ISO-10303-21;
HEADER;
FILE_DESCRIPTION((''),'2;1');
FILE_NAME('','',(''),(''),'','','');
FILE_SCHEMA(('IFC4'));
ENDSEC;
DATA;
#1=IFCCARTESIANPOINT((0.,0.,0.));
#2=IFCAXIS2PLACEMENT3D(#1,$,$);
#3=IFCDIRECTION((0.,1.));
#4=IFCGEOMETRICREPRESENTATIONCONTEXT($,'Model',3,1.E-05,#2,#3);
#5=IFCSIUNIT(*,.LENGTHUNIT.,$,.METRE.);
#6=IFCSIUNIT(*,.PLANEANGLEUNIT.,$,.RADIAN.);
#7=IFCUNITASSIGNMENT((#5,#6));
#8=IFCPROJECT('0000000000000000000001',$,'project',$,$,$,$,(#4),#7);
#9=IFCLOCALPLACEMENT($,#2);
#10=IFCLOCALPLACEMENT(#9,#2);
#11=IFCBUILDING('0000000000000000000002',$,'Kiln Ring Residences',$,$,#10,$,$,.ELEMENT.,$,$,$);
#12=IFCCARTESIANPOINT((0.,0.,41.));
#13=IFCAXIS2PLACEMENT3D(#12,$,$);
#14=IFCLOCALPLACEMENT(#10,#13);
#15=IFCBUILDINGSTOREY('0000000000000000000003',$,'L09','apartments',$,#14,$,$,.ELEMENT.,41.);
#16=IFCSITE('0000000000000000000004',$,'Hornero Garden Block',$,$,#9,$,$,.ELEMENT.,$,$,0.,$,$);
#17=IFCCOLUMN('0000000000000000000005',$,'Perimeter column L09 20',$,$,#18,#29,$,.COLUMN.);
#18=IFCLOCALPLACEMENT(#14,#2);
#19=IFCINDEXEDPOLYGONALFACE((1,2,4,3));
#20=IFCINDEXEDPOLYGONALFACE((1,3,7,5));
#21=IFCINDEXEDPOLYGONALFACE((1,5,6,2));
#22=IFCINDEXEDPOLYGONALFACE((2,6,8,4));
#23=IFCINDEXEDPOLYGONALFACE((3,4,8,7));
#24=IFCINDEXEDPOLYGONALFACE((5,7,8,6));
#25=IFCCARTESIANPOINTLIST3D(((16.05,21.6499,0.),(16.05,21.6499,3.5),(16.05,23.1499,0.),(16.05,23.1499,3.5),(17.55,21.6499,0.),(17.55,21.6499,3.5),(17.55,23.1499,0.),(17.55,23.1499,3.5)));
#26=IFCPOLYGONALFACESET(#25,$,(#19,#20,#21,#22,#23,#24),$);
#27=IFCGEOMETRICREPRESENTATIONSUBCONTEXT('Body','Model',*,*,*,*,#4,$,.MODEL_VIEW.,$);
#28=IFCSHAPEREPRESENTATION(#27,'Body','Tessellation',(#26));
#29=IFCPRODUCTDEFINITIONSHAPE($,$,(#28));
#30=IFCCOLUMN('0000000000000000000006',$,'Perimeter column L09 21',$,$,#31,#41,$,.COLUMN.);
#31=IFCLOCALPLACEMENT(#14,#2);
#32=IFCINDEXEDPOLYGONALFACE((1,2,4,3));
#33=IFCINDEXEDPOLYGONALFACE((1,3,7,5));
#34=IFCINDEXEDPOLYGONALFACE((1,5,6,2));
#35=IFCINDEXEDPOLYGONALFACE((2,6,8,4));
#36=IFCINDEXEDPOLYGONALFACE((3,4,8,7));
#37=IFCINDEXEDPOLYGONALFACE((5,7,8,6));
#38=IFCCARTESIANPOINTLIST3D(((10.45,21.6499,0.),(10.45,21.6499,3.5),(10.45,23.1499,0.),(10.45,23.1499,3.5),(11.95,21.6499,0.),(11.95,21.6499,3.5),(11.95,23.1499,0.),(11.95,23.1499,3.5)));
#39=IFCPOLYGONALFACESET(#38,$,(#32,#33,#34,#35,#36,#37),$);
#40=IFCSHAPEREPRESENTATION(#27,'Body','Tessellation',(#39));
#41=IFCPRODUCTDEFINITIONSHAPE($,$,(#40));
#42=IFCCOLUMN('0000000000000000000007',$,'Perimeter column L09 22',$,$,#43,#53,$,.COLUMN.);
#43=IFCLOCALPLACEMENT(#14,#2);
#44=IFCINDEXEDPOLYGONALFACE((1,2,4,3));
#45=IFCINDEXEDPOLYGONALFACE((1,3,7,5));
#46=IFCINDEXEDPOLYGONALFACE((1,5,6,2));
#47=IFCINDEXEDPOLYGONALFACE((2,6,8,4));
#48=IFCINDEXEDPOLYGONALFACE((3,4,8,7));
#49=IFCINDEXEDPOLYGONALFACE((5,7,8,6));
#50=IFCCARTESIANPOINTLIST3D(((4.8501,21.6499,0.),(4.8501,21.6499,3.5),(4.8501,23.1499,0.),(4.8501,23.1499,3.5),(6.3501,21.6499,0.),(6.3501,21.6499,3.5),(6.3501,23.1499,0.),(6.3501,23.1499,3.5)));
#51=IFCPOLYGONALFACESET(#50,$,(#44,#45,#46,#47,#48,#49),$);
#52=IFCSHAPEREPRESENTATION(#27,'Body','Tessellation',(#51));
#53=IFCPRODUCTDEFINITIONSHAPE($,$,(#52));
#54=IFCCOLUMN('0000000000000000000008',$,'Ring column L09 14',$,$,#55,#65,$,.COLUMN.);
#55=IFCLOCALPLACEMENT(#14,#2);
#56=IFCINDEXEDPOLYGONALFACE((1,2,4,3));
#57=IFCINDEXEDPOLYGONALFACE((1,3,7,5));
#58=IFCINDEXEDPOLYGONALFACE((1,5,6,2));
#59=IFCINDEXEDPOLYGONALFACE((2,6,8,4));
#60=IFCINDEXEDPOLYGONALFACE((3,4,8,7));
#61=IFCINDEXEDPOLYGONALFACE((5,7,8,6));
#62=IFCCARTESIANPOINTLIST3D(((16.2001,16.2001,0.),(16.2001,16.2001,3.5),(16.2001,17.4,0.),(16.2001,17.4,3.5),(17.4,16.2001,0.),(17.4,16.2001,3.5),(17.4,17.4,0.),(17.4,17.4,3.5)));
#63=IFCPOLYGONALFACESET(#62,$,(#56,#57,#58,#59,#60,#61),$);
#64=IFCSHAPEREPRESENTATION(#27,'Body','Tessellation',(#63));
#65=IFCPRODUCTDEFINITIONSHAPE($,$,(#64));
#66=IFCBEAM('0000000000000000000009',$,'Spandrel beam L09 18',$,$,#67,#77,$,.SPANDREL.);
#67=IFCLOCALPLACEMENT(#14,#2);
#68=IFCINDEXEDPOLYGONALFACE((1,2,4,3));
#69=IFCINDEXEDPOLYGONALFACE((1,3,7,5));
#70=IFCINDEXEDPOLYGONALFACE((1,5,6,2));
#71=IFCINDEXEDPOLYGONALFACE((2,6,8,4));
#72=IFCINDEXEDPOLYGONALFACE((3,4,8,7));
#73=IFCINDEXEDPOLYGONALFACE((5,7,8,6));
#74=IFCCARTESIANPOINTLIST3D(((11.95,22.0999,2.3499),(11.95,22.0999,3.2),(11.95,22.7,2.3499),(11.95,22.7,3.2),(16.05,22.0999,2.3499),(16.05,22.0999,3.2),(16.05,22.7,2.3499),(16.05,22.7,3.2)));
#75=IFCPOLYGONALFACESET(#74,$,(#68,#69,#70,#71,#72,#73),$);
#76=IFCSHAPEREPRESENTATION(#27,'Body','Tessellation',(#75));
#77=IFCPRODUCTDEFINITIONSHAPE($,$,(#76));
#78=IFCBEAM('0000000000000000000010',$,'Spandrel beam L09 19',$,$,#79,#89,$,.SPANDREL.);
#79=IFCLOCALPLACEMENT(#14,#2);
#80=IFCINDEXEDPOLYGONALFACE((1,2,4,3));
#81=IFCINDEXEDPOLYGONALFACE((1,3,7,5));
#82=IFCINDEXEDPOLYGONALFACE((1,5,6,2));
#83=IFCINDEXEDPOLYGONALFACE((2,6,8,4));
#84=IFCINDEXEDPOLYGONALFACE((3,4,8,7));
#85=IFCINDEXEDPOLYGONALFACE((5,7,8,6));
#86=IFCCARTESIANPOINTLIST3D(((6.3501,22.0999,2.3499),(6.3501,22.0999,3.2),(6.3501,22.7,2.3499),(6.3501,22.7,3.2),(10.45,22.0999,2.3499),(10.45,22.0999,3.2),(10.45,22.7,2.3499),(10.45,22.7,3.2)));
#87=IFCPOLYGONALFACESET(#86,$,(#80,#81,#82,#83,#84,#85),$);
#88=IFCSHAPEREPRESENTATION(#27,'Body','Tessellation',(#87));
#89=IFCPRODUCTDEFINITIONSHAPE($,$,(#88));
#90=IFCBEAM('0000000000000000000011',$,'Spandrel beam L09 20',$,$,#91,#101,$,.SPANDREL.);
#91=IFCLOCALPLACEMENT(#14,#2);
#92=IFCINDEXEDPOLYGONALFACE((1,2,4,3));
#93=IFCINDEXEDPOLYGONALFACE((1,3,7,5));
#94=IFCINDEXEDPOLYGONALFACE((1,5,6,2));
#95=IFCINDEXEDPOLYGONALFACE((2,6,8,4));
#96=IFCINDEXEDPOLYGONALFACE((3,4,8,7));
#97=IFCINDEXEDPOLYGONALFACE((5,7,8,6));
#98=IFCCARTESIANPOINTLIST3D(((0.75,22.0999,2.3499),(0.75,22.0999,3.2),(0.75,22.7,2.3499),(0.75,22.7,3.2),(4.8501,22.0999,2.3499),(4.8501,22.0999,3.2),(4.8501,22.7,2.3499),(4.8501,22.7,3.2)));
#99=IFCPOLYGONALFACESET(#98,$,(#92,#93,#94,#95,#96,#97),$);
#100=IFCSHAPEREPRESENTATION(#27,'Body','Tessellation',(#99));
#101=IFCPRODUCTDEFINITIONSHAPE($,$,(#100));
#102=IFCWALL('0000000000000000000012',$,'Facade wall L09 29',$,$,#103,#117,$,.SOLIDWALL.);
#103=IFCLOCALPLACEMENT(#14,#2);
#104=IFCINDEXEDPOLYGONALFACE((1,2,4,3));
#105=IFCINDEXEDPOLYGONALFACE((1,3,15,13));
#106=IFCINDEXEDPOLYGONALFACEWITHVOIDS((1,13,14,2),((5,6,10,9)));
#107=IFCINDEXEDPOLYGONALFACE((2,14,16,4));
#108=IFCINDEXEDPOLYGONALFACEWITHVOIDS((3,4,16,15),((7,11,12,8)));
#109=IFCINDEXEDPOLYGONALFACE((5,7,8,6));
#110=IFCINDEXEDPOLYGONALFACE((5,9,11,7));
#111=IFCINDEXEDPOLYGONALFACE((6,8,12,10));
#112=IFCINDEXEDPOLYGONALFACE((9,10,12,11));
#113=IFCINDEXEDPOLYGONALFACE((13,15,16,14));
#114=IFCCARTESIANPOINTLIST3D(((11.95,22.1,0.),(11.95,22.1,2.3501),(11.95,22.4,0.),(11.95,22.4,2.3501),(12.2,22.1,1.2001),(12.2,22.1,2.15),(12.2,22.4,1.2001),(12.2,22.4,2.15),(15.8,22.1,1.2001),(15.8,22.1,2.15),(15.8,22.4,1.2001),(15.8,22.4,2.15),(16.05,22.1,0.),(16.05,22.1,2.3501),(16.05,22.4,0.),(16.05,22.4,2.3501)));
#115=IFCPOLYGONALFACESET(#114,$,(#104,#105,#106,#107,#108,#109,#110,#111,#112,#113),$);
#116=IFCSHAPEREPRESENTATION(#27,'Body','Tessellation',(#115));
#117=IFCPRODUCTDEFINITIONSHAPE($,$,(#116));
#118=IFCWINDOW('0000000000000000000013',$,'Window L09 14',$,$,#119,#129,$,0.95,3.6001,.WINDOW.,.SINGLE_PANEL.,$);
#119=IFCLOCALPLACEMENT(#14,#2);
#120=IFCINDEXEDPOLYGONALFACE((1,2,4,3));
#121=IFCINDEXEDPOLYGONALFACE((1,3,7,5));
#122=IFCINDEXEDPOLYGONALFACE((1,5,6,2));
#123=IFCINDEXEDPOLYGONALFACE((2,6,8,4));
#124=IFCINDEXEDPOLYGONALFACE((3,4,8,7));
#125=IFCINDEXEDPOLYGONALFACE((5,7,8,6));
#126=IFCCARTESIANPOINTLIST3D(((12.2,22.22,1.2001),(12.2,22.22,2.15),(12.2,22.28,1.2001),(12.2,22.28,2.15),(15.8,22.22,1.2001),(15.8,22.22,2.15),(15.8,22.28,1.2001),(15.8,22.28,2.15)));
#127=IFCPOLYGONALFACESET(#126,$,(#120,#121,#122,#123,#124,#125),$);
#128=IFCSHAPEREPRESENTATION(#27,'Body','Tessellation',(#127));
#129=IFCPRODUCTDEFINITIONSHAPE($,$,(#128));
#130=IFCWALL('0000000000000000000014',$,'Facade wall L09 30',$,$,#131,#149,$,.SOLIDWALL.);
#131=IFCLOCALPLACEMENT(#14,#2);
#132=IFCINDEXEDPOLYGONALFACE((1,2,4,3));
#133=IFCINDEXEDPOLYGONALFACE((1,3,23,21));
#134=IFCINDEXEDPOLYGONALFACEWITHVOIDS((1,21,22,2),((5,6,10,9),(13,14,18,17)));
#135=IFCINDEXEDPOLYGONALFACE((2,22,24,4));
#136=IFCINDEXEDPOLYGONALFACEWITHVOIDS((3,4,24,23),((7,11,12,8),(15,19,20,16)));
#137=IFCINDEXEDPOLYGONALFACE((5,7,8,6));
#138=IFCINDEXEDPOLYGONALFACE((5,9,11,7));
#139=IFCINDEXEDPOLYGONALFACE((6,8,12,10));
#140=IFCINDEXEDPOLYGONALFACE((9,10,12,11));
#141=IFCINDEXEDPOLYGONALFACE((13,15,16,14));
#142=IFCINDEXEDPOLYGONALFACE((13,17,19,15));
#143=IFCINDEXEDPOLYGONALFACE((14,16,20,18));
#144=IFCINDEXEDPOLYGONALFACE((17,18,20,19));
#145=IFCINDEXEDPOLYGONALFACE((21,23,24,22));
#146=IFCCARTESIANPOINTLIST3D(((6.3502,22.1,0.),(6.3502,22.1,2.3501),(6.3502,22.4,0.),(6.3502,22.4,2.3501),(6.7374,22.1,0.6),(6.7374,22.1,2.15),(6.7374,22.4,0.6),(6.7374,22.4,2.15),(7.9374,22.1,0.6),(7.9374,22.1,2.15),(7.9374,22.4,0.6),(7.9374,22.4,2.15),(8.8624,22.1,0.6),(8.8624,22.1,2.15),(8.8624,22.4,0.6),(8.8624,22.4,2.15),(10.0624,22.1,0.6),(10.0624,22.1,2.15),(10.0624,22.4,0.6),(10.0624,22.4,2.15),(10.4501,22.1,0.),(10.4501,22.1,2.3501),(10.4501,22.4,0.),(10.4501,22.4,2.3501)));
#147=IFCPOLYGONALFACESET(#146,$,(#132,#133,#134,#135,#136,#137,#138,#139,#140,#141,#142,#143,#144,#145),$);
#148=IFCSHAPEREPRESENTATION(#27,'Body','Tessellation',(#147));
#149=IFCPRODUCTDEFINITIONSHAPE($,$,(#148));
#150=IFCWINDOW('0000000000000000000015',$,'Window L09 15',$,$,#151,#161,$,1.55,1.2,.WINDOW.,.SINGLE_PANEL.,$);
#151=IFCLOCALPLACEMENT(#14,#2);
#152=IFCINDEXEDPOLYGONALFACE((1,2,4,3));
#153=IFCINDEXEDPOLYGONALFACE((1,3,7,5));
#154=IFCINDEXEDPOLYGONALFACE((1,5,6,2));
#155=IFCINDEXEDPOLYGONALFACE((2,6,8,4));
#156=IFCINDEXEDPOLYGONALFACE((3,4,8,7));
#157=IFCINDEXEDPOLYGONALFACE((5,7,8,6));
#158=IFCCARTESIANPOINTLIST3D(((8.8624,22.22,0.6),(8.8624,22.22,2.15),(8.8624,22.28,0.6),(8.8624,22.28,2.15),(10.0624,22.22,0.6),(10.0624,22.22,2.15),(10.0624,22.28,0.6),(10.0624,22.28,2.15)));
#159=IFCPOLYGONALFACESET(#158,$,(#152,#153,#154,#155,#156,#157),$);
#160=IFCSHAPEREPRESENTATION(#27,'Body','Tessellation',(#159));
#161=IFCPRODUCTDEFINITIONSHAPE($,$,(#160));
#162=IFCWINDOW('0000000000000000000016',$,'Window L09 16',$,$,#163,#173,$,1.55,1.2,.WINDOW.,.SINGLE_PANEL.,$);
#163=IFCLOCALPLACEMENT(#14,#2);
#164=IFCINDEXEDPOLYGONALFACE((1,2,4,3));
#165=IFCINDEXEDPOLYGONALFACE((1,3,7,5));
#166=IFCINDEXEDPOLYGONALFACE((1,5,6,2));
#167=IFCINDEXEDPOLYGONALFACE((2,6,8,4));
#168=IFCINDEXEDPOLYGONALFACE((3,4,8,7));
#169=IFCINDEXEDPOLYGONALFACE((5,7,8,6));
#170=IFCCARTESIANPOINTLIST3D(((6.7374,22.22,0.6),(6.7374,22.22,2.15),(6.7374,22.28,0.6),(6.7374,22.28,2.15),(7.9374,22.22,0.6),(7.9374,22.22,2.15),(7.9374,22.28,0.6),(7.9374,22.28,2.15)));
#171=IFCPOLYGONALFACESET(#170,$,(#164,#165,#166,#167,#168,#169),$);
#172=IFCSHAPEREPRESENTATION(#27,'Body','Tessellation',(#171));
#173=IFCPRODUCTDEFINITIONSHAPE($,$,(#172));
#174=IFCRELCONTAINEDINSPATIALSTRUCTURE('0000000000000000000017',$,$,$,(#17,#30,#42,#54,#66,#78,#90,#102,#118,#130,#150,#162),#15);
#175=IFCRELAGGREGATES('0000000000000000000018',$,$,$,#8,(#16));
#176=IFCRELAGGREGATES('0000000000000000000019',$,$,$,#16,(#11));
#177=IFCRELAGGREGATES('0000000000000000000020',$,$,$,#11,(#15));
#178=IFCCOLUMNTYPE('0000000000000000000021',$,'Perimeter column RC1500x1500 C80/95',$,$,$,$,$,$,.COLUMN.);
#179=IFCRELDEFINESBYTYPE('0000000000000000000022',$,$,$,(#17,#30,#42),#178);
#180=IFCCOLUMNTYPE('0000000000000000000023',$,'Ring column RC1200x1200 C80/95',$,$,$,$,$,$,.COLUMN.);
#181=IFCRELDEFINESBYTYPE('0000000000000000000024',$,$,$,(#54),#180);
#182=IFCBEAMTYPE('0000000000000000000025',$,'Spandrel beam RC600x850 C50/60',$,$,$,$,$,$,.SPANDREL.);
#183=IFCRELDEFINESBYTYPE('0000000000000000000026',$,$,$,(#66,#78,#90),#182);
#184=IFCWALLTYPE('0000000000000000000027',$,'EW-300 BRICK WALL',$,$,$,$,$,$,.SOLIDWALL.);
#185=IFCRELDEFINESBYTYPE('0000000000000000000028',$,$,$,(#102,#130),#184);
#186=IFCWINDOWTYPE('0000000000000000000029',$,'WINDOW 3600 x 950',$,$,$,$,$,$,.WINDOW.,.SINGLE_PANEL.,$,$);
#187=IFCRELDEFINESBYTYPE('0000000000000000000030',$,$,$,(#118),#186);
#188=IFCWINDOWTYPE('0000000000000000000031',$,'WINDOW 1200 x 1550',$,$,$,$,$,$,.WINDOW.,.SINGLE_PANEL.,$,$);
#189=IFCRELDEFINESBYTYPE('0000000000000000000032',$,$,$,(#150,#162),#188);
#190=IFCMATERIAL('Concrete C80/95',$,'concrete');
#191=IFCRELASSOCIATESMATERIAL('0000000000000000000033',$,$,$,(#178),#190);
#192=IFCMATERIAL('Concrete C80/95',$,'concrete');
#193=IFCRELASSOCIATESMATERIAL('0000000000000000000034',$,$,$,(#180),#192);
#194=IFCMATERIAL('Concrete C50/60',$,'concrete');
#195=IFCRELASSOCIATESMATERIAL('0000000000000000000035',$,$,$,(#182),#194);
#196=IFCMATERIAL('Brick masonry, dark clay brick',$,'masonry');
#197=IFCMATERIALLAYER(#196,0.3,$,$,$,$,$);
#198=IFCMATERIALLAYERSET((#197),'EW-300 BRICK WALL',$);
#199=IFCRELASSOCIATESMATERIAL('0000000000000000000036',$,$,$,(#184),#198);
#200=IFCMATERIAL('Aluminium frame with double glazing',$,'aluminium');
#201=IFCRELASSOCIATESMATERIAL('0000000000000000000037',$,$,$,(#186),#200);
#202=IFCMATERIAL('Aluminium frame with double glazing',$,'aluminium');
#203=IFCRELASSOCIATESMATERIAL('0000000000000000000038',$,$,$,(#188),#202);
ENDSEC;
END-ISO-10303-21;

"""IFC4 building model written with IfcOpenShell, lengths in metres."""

from ifc_helpers import new_model, si_unit, direction, frame, frame_2d, origin, origin_2d, place, context, subcontext, project, spatial, rectangle, extrude, material, layer, layer_set, material_profile, profile_set, type_object, element, fill, save


model = new_model("IFC4")

# Units and contexts
model_context = context("Model", 3, precision=1e-05, world=origin(), true_north=direction((0.0, 1.0)))
body_context = subcontext(model_context, "Body", "Model", "MODEL_VIEW")
ifc_project = project(units=[si_unit("LENGTHUNIT", "METRE"), si_unit("PLANEANGLEUNIT", "RADIAN")], contexts=[model_context])

# Site, building, storey
site_placement = place(None, origin())
site = spatial("IfcSite", under=ifc_project, at=site_placement, Name="Hornero Garden Block", CompositionType="ELEMENT", RefElevation=0.0)
building_placement = place(site_placement, origin())
building = spatial("IfcBuilding", under=site, at=building_placement, Name="Kiln Ring Residences", CompositionType="ELEMENT")
storey_placement = place(building_placement, frame((0.0, 0.0, 41.0)))
storey = spatial("IfcBuildingStorey", under=building, at=storey_placement, Name="L09", Description="apartments", CompositionType="ELEMENT", Elevation=41.0)

# Columns
ifc_material_1 = material(Name="Concrete C80/95", Category="concrete")
ifc_material_profile_1 = material_profile(ifc_material_1, rectangle(XDim=1.5, YDim=1.5, at=origin_2d()), Name="RC1500x1500")
ifc_profile_set_1 = profile_set([ifc_material_profile_1], Name="Concrete C80/95")
column_type_1 = type_object("IfcColumnType", Name="Perimeter column RC1500x1500 C80/95", PredefinedType="COLUMN", material=ifc_profile_set_1)
for number, where, z_axis, x_axis, name in (
    (1, (16.8, 22.3999, 0.0), (0.0, 0.0, 1.0), (1.0, 0.0, 0.0), "Perimeter column L09 20"),
    (2, (11.2, 22.3999, 0.0), (0.0, 0.0, 1.0), (1.0, 0.0, 0.0), "Perimeter column L09 21"),
    (3, (5.6001, 22.3999, 0.0), (0.0, 0.0, 1.0), (1.0, 0.0, 0.0), "Perimeter column L09 22"),
):
    element("IfcColumn", number, at=place(storey_placement, frame(where, z_axis=z_axis, x_axis=x_axis)), inside=storey, type_object=column_type_1, Name=name, PredefinedType="COLUMN", context=body_context, shape_type="SweptSolid", body=[
        extrude(rectangle(XDim=1.5, YDim=1.5, at=origin_2d()), origin(), (0.0, 0.0, 1.0), 3.5),
    ])
ifc_material_2 = material(Name="Concrete C80/95", Category="concrete")
ifc_material_profile_2 = material_profile(ifc_material_2, rectangle(XDim=1.2, YDim=1.2, at=origin_2d()), Name="RC1200x1200")
ifc_profile_set_2 = profile_set([ifc_material_profile_2], Name="Concrete C80/95")
column_type_2 = type_object("IfcColumnType", Name="Ring column RC1200x1200 C80/95", PredefinedType="COLUMN", material=ifc_profile_set_2)
column_placement = place(storey_placement, frame((16.8, 16.8, 0.0), z_axis=(0.0, 0.0, 1.0), x_axis=(1.0, 0.0, 0.0)))
element("IfcColumn", 4, at=column_placement, inside=storey, type_object=column_type_2, Name="Ring column L09 14", PredefinedType="COLUMN", context=body_context, shape_type="SweptSolid", body=[
    extrude(rectangle(XDim=1.2, YDim=1.2, at=origin_2d()), origin(), (0.0, 0.0, 1.0), 3.5),
])

# Beams
ifc_material_3 = material(Name="Concrete C50/60", Category="concrete")
ifc_material_profile_3 = material_profile(ifc_material_3, rectangle(XDim=0.6001, YDim=0.8501, at=origin_2d()), Name="RC600x850")
ifc_profile_set_3 = profile_set([ifc_material_profile_3], Name="Concrete C50/60")
beam_type = type_object("IfcBeamType", Name="Spandrel beam RC600x850 C50/60", PredefinedType="SPANDREL", material=ifc_profile_set_3)
beam_1_placement = place(storey_placement, frame((16.05, 22.3999, 2.7749), z_axis=(-1.0, 0.0, 0.0), x_axis=(0.0, -1.0, 0.0)))
element("IfcBeam", 5, at=beam_1_placement, inside=storey, type_object=beam_type, Name="Spandrel beam L09 18", PredefinedType="SPANDREL", context=body_context, shape_type="SweptSolid", body=[
    extrude(rectangle(XDim=0.6001, YDim=0.8501, at=origin_2d()), origin(), (0.0, 0.0, 1.0), 4.1001),
])
beam_2_placement = place(storey_placement, frame((10.45, 22.3999, 2.7749), z_axis=(-1.0, 0.0, 0.0), x_axis=(0.0, -1.0, 0.0)))
element("IfcBeam", 6, at=beam_2_placement, inside=storey, type_object=beam_type, Name="Spandrel beam L09 19", PredefinedType="SPANDREL", context=body_context, shape_type="SweptSolid", body=[
    extrude(rectangle(XDim=0.6001, YDim=0.8501, at=origin_2d()), origin(), (0.0, 0.0, 1.0), 4.0999),
])
beam_3_placement = place(storey_placement, frame((4.8501, 22.3999, 2.7749), z_axis=(-1.0, 0.0, 0.0), x_axis=(0.0, -1.0, 0.0)))
element("IfcBeam", 7, at=beam_3_placement, inside=storey, type_object=beam_type, Name="Spandrel beam L09 20", PredefinedType="SPANDREL", context=body_context, shape_type="SweptSolid", body=[
    extrude(rectangle(XDim=0.6001, YDim=0.8501, at=origin_2d()), origin(), (0.0, 0.0, 1.0), 4.1001),
])

# Wall, opening, window
ifc_material_4 = material(Name="Brick masonry, dark clay brick", Category="masonry")
ifc_layer_1 = layer(ifc_material_4, 0.3)
ifc_layer_set_1 = layer_set([ifc_layer_1], Name="EW-300 BRICK WALL")
wall_type_1 = type_object("IfcWallType", Name="EW-300 BRICK WALL", PredefinedType="SOLIDWALL", material=ifc_layer_set_1)
wall_1_placement = place(storey_placement, frame((16.05, 22.25, 0.0), z_axis=(0.0, 0.0, 1.0), x_axis=(-1.0, 0.0, 0.0)))
wall_1 = element("IfcWall", 8, at=wall_1_placement, inside=storey, type_object=wall_type_1, Name="Facade wall L09 29", PredefinedType="SOLIDWALL", context=body_context, shape_type="SweptSolid", body=[
    extrude(rectangle(XDim=4.1001, YDim=0.3, at=frame_2d((2.05, 0.0))), origin(), (0.0, 0.0, 1.0), 2.3501),
])
opening_1_placement = place(wall_1_placement, frame((0.25, 0.0, 1.2)))
opening_1 = element("IfcOpeningElement", 9, at=opening_1_placement, cuts=wall_1, PredefinedType="OPENING", context=body_context, shape_type="SweptSolid", body=[
    extrude(rectangle(XDim=3.6001, YDim=0.95, at=frame_2d((1.8, 0.4751))), frame((0.0, 0.1599, 0.0), z_axis=(0.0, -1.0, 0.0), x_axis=(1.0, 0.0, 0.0)), (0.0, 0.0, 1.0), 0.3201),
])
ifc_material_5 = material(Name="Aluminium frame with double glazing", Category="aluminium")
window_type_1 = type_object("IfcWindowType", Name="WINDOW 3600 x 950", PartitioningType="SINGLE_PANEL", PredefinedType="WINDOW", material=ifc_material_5)
window_1_placement = place(opening_1_placement, origin())
window_1 = element("IfcWindow", 10, at=window_1_placement, inside=storey, type_object=window_type_1, Name="Window L09 14", OverallHeight=0.95, OverallWidth=3.6001, PartitioningType="SINGLE_PANEL", PredefinedType="WINDOW", context=body_context, shape_type="SweptSolid", body=[
    extrude(rectangle(XDim=3.6001, YDim=0.95, at=frame_2d((1.8, 0.4751))), frame((0.0, 0.03, 0.0), z_axis=(0.0, -1.0, 0.0), x_axis=(1.0, 0.0, 0.0)), (0.0, 0.0, 1.0), 0.0601),
])
fill(opening_1, window_1)

# Wall, openings, windows
wall_2_placement = place(storey_placement, frame((10.45, 22.25, 0.0), z_axis=(0.0, 0.0, 1.0), x_axis=(-1.0, 0.0, 0.0)))
wall_2 = element("IfcWall", 11, at=wall_2_placement, inside=storey, type_object=wall_type_1, Name="Facade wall L09 30", PredefinedType="SOLIDWALL", context=body_context, shape_type="SweptSolid", body=[
    extrude(rectangle(XDim=4.0999, YDim=0.3, at=frame_2d((2.0498, 0.0))), origin(), (0.0, 0.0, 1.0), 2.3501),
])
opening_2_placement = place(wall_2_placement, frame((0.3875, 0.0, 0.6001)))
opening_2 = element("IfcOpeningElement", 12, at=opening_2_placement, cuts=wall_2, PredefinedType="OPENING", context=body_context, shape_type="SweptSolid", body=[
    extrude(rectangle(XDim=1.2, YDim=1.55, at=frame_2d((0.6001, 0.7749))), frame((0.0, 0.1599, 0.0), z_axis=(0.0, -1.0, 0.0), x_axis=(1.0, 0.0, 0.0)), (0.0, 0.0, 1.0), 0.3201),
])
opening_3_placement = place(wall_2_placement, frame((2.5125, 0.0, 0.6001)))
opening_3 = element("IfcOpeningElement", 13, at=opening_3_placement, cuts=wall_2, PredefinedType="OPENING", context=body_context, shape_type="SweptSolid", body=[
    extrude(rectangle(XDim=1.2, YDim=1.55, at=frame_2d((0.6001, 0.7749))), frame((0.0, 0.1599, 0.0), z_axis=(0.0, -1.0, 0.0), x_axis=(1.0, 0.0, 0.0)), (0.0, 0.0, 1.0), 0.3201),
])
ifc_material_6 = material(Name="Aluminium frame with double glazing", Category="aluminium")
window_type_2 = type_object("IfcWindowType", Name="WINDOW 1200 x 1550", PartitioningType="SINGLE_PANEL", PredefinedType="WINDOW", material=ifc_material_6)
window_2_placement = place(opening_2_placement, origin())
window_2 = element("IfcWindow", 14, at=window_2_placement, inside=storey, type_object=window_type_2, Name="Window L09 15", OverallHeight=1.55, OverallWidth=1.2, PartitioningType="SINGLE_PANEL", PredefinedType="WINDOW", context=body_context, shape_type="SweptSolid", body=[
    extrude(rectangle(XDim=1.2, YDim=1.55, at=frame_2d((0.6001, 0.7749))), frame((0.0, 0.03, 0.0), z_axis=(0.0, -1.0, 0.0), x_axis=(1.0, 0.0, 0.0)), (0.0, 0.0, 1.0), 0.0601),
])
fill(opening_2, window_2)
window_3_placement = place(opening_3_placement, origin())
window_3 = element("IfcWindow", 15, at=window_3_placement, inside=storey, type_object=window_type_2, Name="Window L09 16", OverallHeight=1.55, OverallWidth=1.2, PartitioningType="SINGLE_PANEL", PredefinedType="WINDOW", context=body_context, shape_type="SweptSolid", body=[
    extrude(rectangle(XDim=1.2, YDim=1.55, at=frame_2d((0.6001, 0.7749))), frame((0.0, 0.03, 0.0), z_axis=(0.0, -1.0, 0.0), x_axis=(1.0, 0.0, 0.0)), (0.0, 0.0, 1.0), 0.0601),
])
fill(opening_3, window_3)

save(model, "model.ifc")
